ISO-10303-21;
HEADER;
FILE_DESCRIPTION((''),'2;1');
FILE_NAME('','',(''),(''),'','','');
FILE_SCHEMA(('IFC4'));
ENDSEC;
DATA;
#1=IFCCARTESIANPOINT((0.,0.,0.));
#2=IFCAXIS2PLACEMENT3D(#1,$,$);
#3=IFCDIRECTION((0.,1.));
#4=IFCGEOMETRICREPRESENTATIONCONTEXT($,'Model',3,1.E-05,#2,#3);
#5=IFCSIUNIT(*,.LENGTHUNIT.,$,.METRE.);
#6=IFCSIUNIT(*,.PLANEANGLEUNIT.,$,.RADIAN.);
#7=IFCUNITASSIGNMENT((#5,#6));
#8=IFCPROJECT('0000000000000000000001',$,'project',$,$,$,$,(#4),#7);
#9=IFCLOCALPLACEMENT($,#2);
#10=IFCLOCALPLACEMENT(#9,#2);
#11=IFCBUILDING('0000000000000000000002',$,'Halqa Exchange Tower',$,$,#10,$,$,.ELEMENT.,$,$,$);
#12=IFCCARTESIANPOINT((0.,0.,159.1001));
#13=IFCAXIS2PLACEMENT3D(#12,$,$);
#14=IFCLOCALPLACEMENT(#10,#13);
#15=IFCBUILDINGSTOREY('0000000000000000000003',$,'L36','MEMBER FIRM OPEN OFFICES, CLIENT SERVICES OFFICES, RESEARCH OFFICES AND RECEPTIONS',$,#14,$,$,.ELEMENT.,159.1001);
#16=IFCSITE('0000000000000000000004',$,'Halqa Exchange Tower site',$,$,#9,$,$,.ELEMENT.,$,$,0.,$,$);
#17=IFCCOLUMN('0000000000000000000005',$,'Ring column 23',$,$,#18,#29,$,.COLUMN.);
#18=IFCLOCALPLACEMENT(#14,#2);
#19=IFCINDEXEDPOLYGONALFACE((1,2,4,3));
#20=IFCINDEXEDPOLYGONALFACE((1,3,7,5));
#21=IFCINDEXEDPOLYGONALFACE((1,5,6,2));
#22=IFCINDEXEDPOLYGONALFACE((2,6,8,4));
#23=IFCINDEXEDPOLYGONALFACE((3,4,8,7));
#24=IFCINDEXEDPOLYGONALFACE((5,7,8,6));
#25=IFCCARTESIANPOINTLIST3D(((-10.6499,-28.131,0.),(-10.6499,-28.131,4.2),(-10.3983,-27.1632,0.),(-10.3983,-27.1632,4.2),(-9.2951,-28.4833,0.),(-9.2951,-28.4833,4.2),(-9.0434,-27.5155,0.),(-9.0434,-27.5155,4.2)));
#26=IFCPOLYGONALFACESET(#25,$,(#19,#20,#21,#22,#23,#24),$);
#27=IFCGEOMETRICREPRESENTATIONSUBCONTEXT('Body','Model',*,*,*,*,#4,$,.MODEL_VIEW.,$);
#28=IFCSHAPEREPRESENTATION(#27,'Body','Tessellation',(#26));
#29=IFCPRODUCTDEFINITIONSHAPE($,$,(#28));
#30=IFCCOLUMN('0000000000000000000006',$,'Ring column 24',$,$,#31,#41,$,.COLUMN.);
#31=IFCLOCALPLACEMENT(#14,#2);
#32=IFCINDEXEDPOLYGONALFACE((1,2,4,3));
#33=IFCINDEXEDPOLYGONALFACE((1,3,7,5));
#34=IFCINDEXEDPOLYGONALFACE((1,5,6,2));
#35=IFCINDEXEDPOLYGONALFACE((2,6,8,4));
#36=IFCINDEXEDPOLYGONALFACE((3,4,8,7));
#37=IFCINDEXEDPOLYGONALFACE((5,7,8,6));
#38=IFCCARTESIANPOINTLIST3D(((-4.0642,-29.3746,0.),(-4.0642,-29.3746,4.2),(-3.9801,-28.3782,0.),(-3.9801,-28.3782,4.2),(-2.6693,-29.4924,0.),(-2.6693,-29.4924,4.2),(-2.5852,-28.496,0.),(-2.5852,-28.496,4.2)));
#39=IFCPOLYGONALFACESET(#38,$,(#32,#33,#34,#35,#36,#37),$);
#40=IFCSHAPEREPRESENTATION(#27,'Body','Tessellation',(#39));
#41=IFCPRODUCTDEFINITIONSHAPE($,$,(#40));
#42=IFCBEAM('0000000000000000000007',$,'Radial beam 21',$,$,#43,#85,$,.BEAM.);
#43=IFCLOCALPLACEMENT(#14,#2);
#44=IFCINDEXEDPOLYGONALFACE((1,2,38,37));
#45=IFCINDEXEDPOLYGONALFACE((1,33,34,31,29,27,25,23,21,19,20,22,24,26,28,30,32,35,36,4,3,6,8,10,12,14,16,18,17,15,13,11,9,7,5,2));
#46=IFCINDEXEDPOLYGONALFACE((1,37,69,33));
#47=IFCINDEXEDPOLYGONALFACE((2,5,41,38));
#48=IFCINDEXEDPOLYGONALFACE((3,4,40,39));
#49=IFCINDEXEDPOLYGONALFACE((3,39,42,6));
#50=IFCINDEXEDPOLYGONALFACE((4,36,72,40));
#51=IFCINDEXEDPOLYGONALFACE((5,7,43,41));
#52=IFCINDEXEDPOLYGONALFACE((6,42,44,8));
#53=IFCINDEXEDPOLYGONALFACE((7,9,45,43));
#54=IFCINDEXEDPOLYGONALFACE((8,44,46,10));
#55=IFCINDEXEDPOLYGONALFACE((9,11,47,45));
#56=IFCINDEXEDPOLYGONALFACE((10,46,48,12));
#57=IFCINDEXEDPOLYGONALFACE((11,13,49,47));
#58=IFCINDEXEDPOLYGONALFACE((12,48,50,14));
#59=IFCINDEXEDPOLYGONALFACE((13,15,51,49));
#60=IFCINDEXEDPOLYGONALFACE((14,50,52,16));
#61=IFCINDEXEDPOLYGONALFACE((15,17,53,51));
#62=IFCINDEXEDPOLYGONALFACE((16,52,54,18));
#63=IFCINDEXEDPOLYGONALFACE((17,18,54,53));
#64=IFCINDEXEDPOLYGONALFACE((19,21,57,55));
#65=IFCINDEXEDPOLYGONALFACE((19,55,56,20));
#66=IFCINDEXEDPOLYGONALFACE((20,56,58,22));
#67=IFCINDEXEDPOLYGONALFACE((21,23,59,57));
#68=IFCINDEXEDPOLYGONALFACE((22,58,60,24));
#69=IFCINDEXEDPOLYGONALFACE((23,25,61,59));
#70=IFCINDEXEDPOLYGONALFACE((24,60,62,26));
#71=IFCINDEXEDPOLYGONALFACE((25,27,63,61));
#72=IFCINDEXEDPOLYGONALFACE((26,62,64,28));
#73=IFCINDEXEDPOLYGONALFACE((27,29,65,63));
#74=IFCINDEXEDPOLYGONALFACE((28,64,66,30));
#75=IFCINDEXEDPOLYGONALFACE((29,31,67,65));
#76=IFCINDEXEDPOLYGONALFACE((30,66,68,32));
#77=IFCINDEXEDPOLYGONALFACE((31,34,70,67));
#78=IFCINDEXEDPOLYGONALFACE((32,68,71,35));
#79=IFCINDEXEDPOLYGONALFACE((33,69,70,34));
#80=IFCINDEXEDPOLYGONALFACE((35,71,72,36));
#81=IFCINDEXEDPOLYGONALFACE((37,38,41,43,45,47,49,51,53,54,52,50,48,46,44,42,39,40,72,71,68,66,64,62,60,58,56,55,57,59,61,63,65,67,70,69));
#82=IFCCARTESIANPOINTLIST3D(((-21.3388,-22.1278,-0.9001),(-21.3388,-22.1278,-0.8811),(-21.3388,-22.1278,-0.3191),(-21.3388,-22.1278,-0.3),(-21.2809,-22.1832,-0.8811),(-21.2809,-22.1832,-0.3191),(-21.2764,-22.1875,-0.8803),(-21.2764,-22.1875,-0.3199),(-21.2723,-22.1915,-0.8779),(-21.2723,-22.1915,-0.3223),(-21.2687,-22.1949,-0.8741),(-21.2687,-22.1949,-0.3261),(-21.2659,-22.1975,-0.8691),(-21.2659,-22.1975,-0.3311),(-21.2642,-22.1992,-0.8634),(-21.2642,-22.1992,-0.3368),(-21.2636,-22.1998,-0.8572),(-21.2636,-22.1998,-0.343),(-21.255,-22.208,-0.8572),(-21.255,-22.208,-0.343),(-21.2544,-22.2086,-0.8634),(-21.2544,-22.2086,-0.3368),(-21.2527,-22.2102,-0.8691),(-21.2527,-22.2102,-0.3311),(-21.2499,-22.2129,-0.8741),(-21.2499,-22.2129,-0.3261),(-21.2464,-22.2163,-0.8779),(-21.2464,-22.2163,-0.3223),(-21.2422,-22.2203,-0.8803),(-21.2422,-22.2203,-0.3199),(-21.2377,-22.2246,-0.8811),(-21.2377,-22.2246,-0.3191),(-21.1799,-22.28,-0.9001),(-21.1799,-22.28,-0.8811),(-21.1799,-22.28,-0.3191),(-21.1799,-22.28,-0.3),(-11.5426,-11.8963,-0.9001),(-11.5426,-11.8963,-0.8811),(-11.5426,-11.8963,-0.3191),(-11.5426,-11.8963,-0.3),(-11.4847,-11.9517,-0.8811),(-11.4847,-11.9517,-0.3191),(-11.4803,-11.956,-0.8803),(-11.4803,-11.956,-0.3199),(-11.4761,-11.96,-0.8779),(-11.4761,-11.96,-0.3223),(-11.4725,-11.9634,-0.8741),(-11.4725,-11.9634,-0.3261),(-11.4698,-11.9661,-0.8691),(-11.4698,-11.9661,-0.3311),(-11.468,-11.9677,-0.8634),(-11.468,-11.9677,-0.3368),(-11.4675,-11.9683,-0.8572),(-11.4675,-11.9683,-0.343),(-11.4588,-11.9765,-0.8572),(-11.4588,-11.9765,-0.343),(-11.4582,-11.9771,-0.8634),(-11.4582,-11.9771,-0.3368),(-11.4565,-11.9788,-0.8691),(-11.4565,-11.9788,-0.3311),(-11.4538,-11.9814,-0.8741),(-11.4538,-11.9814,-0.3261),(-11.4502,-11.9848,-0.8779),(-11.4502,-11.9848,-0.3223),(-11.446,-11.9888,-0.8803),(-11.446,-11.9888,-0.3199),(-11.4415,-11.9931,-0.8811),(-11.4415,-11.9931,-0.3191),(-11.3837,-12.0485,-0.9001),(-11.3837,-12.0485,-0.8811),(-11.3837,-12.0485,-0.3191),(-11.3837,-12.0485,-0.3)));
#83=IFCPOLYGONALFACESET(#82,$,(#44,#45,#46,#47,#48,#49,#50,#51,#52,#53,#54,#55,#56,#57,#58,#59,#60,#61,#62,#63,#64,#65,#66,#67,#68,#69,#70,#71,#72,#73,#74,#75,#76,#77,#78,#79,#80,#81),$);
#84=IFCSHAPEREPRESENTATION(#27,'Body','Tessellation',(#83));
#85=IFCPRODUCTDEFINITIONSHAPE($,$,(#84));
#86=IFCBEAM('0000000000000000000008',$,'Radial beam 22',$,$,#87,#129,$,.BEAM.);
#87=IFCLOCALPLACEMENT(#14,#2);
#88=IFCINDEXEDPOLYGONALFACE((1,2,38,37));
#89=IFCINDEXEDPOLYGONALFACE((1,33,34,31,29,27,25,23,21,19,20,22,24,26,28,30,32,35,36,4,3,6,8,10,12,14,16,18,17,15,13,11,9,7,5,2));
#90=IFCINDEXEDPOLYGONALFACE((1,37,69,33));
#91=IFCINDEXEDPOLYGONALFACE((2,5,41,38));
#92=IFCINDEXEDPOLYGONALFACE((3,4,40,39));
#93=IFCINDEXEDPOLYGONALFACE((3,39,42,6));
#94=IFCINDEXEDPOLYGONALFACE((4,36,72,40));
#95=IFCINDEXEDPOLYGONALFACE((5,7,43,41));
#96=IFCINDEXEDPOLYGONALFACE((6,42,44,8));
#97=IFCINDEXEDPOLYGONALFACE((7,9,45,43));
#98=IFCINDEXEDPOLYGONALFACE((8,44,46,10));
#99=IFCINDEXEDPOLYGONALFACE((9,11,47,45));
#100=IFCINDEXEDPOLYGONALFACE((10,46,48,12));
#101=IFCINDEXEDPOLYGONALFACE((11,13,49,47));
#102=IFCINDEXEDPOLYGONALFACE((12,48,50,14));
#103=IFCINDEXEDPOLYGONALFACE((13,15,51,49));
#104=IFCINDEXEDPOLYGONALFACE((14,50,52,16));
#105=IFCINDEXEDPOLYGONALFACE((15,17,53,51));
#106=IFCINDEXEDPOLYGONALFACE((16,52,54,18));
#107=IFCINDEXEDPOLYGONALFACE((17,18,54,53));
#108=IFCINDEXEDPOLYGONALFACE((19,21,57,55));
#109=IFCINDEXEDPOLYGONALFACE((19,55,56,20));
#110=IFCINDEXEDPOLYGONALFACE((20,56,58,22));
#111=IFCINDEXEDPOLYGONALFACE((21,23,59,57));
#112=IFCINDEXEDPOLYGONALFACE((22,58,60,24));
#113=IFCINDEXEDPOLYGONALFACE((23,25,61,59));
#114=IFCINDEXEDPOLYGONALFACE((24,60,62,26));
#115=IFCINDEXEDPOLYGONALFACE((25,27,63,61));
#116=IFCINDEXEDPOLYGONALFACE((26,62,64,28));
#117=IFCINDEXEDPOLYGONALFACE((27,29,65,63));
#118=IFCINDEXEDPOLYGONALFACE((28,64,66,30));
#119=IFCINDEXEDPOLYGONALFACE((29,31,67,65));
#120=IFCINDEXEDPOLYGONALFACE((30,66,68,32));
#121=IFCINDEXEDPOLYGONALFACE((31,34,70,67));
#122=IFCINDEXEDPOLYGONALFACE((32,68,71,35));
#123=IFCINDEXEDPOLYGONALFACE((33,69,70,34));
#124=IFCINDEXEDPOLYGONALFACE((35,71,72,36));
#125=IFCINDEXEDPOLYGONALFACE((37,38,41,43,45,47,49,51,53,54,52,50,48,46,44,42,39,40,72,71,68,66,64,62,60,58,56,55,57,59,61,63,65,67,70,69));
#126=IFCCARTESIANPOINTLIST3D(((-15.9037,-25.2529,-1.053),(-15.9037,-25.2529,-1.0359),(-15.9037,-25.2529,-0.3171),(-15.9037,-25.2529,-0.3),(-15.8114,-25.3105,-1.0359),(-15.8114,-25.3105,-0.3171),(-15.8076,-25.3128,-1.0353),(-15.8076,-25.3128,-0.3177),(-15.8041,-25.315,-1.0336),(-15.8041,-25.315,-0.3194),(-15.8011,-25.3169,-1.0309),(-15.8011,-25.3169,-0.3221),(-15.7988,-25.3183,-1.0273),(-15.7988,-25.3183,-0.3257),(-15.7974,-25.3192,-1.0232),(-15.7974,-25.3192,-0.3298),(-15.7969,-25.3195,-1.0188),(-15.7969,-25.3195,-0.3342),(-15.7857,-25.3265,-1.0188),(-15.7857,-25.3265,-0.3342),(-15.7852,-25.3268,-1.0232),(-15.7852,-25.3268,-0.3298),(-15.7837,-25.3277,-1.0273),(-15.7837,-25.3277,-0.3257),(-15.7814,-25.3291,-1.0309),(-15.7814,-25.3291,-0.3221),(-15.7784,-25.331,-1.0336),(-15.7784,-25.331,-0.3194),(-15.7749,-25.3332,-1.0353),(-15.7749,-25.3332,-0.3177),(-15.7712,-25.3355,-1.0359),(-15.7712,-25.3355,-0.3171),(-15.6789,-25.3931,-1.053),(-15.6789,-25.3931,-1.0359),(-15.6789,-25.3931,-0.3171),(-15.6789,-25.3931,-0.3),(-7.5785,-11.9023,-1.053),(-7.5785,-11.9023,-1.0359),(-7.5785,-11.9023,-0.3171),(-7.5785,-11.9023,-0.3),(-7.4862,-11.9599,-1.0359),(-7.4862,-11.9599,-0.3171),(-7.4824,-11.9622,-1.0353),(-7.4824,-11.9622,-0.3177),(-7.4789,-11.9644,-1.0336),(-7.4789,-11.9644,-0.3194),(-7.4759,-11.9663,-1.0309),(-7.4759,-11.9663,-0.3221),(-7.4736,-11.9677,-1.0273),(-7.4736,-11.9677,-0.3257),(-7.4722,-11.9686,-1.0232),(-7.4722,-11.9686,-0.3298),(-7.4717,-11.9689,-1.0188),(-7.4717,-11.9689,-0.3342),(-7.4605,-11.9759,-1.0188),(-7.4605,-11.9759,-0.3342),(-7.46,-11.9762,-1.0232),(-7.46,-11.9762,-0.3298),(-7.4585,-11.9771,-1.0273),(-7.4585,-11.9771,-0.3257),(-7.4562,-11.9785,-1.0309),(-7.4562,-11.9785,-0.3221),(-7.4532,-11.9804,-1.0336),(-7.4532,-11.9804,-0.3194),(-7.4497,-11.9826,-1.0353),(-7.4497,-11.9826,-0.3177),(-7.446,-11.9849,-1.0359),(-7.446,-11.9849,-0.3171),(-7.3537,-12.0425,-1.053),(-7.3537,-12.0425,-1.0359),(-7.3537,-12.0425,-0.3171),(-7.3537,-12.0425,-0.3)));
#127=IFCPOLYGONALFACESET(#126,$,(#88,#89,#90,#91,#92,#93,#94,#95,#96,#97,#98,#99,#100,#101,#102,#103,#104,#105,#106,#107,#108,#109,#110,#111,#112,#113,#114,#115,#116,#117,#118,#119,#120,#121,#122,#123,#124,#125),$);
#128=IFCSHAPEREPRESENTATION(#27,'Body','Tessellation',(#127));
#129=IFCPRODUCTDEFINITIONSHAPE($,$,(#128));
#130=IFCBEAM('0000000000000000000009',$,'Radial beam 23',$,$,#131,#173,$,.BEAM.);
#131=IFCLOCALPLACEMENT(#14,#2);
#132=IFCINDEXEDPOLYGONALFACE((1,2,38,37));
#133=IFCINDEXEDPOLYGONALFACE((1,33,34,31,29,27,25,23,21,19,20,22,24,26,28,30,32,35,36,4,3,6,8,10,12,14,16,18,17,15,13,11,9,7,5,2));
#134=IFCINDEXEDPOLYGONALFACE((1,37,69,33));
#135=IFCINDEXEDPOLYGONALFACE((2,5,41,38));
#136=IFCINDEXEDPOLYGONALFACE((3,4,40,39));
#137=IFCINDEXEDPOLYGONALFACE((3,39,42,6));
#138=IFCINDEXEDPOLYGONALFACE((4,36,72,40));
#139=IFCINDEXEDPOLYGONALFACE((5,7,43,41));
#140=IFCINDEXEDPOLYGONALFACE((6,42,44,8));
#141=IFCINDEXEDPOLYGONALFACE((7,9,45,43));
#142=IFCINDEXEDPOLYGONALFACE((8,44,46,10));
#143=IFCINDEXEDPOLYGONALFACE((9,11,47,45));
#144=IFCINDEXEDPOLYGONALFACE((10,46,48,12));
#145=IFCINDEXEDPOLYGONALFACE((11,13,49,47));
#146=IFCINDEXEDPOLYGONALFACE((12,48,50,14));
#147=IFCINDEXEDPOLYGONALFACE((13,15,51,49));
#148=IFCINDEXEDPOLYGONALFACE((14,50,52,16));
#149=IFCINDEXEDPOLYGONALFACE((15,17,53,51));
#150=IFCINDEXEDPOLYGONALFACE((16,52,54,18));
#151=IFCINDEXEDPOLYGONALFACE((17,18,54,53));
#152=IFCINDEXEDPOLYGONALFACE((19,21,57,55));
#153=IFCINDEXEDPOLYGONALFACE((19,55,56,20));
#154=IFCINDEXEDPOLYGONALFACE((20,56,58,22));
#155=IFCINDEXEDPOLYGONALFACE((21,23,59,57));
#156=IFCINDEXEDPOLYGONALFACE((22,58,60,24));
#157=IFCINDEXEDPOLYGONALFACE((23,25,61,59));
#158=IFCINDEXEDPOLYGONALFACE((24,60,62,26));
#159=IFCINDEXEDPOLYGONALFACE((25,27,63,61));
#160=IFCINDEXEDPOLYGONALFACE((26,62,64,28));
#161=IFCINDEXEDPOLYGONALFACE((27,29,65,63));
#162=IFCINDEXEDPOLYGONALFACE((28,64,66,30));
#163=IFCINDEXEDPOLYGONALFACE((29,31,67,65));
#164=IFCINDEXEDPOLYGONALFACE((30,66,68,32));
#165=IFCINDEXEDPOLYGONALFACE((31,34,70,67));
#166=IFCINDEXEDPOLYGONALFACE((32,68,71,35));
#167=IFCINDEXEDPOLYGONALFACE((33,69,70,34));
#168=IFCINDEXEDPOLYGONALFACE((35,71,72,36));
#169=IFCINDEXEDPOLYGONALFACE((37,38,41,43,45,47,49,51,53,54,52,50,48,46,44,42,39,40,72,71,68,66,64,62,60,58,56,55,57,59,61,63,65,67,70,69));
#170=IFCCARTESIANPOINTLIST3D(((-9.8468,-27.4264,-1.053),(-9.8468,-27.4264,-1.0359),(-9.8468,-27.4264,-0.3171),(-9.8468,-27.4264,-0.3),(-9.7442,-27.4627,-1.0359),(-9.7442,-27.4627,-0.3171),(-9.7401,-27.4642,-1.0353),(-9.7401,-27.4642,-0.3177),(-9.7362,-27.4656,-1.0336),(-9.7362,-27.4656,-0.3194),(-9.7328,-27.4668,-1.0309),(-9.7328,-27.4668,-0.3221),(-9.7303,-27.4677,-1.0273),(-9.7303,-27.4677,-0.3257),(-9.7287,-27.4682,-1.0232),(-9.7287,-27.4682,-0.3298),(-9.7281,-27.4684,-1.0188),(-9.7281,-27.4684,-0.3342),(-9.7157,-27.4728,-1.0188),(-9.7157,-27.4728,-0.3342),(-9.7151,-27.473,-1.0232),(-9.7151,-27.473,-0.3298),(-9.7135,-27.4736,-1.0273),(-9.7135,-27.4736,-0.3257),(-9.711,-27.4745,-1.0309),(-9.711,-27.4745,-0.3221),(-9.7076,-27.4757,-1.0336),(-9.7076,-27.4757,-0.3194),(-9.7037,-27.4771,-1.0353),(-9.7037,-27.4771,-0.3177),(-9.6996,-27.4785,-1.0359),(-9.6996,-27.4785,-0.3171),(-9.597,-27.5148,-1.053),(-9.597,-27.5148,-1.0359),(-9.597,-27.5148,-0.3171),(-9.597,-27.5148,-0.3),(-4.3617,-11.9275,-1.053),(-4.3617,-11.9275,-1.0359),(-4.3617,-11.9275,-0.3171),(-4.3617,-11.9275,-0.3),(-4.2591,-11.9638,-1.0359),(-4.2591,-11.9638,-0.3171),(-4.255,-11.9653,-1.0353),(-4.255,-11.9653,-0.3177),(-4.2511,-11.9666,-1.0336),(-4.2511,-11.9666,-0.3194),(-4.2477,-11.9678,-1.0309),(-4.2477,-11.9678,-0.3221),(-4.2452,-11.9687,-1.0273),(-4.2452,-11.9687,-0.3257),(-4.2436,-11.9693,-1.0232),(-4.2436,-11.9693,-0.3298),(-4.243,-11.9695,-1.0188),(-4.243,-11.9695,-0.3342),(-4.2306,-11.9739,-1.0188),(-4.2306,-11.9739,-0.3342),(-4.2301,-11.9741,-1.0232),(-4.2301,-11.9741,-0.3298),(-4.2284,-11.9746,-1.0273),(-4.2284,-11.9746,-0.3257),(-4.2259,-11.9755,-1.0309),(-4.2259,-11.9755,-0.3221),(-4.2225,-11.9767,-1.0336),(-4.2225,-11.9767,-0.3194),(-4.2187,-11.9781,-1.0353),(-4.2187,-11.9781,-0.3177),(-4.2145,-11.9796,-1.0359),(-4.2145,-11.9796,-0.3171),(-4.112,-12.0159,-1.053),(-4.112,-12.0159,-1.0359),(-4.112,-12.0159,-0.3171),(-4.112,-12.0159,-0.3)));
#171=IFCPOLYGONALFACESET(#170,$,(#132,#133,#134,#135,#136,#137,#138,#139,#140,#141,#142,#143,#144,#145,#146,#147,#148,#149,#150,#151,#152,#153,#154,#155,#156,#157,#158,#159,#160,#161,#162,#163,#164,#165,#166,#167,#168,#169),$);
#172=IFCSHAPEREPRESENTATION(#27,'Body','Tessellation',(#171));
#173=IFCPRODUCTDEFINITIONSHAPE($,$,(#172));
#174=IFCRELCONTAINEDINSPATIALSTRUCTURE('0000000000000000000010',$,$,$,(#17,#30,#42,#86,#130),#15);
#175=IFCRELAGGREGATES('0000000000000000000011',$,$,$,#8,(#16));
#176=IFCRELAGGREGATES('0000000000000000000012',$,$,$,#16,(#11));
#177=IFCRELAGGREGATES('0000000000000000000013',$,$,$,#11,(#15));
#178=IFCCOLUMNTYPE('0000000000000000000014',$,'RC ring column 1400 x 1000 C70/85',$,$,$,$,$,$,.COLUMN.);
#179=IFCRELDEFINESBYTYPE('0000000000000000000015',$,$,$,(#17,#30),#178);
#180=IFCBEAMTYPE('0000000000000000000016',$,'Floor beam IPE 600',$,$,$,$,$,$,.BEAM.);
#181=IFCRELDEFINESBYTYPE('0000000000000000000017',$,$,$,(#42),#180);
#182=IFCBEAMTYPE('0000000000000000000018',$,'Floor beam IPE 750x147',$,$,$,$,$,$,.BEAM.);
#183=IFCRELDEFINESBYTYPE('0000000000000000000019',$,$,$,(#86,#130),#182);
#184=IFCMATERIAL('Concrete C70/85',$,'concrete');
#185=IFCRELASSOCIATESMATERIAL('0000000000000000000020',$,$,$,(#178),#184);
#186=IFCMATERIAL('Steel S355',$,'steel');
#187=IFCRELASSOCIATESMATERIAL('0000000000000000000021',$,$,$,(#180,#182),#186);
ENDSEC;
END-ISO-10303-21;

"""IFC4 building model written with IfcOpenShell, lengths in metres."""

from ifc_helpers import new_model, si_unit, direction, frame, origin, origin_2d, place, context, subcontext, project, spatial, rectangle, i_section, extrude, material, material_profile, profile_set, type_object, element, save


model = new_model("IFC4")

# Units and contexts
model_context = context("Model", 3, precision=1e-05, world=origin(), true_north=direction((0.0, 1.0)))
body_context = subcontext(model_context, "Body", "Model", "MODEL_VIEW")
ifc_project = project(units=[si_unit("LENGTHUNIT", "METRE"), si_unit("PLANEANGLEUNIT", "RADIAN")], contexts=[model_context])

# Site, building, storey
site_placement = place(None, origin())
site = spatial("IfcSite", under=ifc_project, at=site_placement, Name="Halqa Exchange Tower site", CompositionType="ELEMENT", RefElevation=0.0)
building_placement = place(site_placement, origin())
building = spatial("IfcBuilding", under=site, at=building_placement, Name="Halqa Exchange Tower", CompositionType="ELEMENT")
storey_placement = place(building_placement, frame((0.0, 0.0, 159.1001)))
storey = spatial("IfcBuildingStorey", under=building, at=storey_placement, Name="L36", Description="MEMBER FIRM OPEN OFFICES, CLIENT SERVICES OFFICES, RESEARCH OFFICES AND RECEPTIONS", CompositionType="ELEMENT", Elevation=159.1001)

# Columns
ifc_material_1 = material(Name="Concrete C70/85", Category="concrete")
ifc_material_profile_1 = material_profile(ifc_material_1, rectangle(XDim=1.3999, YDim=1.0, at=origin_2d()), Name="1400 x 1000")
ifc_profile_set_1 = profile_set([ifc_material_profile_1], Name="Concrete C70/85")
column_type = type_object("IfcColumnType", Name="RC ring column 1400 x 1000 C70/85", PredefinedType="COLUMN", material=ifc_profile_set_1)
for number, where, z_axis, x_axis, name in (
    (1, (-9.8467, -27.8232, 0.0), (0.0, 0.0, 1.0), (0.96782, -0.251645, 0.0), "Ring column 23"),
    (2, (-3.3247, -28.9353, 0.0), (0.0, 0.0, 1.0), (0.996455, -0.084125, 0.0), "Ring column 24"),
):
    element("IfcColumn", number, at=place(storey_placement, frame(where, z_axis=z_axis, x_axis=x_axis)), inside=storey, type_object=column_type, Name=name, PredefinedType="COLUMN", context=body_context, shape_type="SweptSolid", body=[
        extrude(rectangle(XDim=1.3999, YDim=1.0, at=origin_2d()), origin(), (0.0, 0.0, 1.0), 4.2),
    ])

# Beams
ifc_material_2 = material(Name="Steel S355", Category="steel")
ifc_material_profile_2 = material_profile(ifc_material_2, i_section(OverallWidth=0.22, OverallDepth=0.6001, WebThickness=0.012, FlangeThickness=0.019, FilletRadius=0.0239, at=origin_2d()), Name="IPE 600")
ifc_profile_set_2 = profile_set([ifc_material_profile_2], Name="Steel S355")
beam_type_1 = type_object("IfcBeamType", Name="Floor beam IPE 600", PredefinedType="BEAM", material=ifc_profile_set_2)
beam_1_placement = place(storey_placement, frame((-11.4631, -11.9724, -0.6001), z_axis=(-0.691574, -0.722305, 0.0), x_axis=(0.722305, -0.691574, 0.0)))
element("IfcBeam", 3, at=beam_1_placement, inside=storey, type_object=beam_type_1, Name="Radial beam 21", PredefinedType="BEAM", context=body_context, shape_type="SweptSolid", body=[
    extrude(i_section(OverallWidth=0.22, OverallDepth=0.6001, WebThickness=0.012, FlangeThickness=0.019, FilletRadius=0.0239, at=origin_2d()), origin(), (0.0, 0.0, 1.0), 14.165),
])
ifc_material_profile_3 = material_profile(ifc_material_2, i_section(OverallWidth=0.2649, OverallDepth=0.7529, WebThickness=0.0132, FlangeThickness=0.0171, FilletRadius=0.0171, at=origin_2d()), Name="IPE 750x147")
ifc_profile_set_3 = profile_set([ifc_material_profile_3], Name="Steel S355")
beam_type_2 = type_object("IfcBeamType", Name="Floor beam IPE 750x147", PredefinedType="BEAM", material=ifc_profile_set_3)
beam_2_placement = place(storey_placement, frame((-7.4661, -11.9724, -0.6765), z_axis=(-0.529134, -0.848538, 0.0), x_axis=(0.848538, -0.529134, 0.0)))
element("IfcBeam", 4, at=beam_2_placement, inside=storey, type_object=beam_type_2, Name="Radial beam 22", PredefinedType="BEAM", context=body_context, shape_type="SweptSolid", body=[
    extrude(i_section(OverallWidth=0.2649, OverallDepth=0.7529, WebThickness=0.0132, FlangeThickness=0.0171, FilletRadius=0.0171, at=origin_2d()), origin(), (0.0, 0.0, 1.0), 15.7336),
])
beam_3_placement = place(storey_placement, frame((-4.2368, -11.9717, -0.6765), z_axis=(-0.333624, -0.942706, 0.0), x_axis=(0.942706, -0.333624, 0.0)))
element("IfcBeam", 5, at=beam_3_placement, inside=storey, type_object=beam_type_2, Name="Radial beam 23", PredefinedType="BEAM", context=body_context, shape_type="SweptSolid", body=[
    extrude(i_section(OverallWidth=0.2649, OverallDepth=0.7529, WebThickness=0.0132, FlangeThickness=0.0171, FilletRadius=0.0171, at=origin_2d()), origin(), (0.0, 0.0, 1.0), 16.4409),
])

save(model, "model.ifc")
